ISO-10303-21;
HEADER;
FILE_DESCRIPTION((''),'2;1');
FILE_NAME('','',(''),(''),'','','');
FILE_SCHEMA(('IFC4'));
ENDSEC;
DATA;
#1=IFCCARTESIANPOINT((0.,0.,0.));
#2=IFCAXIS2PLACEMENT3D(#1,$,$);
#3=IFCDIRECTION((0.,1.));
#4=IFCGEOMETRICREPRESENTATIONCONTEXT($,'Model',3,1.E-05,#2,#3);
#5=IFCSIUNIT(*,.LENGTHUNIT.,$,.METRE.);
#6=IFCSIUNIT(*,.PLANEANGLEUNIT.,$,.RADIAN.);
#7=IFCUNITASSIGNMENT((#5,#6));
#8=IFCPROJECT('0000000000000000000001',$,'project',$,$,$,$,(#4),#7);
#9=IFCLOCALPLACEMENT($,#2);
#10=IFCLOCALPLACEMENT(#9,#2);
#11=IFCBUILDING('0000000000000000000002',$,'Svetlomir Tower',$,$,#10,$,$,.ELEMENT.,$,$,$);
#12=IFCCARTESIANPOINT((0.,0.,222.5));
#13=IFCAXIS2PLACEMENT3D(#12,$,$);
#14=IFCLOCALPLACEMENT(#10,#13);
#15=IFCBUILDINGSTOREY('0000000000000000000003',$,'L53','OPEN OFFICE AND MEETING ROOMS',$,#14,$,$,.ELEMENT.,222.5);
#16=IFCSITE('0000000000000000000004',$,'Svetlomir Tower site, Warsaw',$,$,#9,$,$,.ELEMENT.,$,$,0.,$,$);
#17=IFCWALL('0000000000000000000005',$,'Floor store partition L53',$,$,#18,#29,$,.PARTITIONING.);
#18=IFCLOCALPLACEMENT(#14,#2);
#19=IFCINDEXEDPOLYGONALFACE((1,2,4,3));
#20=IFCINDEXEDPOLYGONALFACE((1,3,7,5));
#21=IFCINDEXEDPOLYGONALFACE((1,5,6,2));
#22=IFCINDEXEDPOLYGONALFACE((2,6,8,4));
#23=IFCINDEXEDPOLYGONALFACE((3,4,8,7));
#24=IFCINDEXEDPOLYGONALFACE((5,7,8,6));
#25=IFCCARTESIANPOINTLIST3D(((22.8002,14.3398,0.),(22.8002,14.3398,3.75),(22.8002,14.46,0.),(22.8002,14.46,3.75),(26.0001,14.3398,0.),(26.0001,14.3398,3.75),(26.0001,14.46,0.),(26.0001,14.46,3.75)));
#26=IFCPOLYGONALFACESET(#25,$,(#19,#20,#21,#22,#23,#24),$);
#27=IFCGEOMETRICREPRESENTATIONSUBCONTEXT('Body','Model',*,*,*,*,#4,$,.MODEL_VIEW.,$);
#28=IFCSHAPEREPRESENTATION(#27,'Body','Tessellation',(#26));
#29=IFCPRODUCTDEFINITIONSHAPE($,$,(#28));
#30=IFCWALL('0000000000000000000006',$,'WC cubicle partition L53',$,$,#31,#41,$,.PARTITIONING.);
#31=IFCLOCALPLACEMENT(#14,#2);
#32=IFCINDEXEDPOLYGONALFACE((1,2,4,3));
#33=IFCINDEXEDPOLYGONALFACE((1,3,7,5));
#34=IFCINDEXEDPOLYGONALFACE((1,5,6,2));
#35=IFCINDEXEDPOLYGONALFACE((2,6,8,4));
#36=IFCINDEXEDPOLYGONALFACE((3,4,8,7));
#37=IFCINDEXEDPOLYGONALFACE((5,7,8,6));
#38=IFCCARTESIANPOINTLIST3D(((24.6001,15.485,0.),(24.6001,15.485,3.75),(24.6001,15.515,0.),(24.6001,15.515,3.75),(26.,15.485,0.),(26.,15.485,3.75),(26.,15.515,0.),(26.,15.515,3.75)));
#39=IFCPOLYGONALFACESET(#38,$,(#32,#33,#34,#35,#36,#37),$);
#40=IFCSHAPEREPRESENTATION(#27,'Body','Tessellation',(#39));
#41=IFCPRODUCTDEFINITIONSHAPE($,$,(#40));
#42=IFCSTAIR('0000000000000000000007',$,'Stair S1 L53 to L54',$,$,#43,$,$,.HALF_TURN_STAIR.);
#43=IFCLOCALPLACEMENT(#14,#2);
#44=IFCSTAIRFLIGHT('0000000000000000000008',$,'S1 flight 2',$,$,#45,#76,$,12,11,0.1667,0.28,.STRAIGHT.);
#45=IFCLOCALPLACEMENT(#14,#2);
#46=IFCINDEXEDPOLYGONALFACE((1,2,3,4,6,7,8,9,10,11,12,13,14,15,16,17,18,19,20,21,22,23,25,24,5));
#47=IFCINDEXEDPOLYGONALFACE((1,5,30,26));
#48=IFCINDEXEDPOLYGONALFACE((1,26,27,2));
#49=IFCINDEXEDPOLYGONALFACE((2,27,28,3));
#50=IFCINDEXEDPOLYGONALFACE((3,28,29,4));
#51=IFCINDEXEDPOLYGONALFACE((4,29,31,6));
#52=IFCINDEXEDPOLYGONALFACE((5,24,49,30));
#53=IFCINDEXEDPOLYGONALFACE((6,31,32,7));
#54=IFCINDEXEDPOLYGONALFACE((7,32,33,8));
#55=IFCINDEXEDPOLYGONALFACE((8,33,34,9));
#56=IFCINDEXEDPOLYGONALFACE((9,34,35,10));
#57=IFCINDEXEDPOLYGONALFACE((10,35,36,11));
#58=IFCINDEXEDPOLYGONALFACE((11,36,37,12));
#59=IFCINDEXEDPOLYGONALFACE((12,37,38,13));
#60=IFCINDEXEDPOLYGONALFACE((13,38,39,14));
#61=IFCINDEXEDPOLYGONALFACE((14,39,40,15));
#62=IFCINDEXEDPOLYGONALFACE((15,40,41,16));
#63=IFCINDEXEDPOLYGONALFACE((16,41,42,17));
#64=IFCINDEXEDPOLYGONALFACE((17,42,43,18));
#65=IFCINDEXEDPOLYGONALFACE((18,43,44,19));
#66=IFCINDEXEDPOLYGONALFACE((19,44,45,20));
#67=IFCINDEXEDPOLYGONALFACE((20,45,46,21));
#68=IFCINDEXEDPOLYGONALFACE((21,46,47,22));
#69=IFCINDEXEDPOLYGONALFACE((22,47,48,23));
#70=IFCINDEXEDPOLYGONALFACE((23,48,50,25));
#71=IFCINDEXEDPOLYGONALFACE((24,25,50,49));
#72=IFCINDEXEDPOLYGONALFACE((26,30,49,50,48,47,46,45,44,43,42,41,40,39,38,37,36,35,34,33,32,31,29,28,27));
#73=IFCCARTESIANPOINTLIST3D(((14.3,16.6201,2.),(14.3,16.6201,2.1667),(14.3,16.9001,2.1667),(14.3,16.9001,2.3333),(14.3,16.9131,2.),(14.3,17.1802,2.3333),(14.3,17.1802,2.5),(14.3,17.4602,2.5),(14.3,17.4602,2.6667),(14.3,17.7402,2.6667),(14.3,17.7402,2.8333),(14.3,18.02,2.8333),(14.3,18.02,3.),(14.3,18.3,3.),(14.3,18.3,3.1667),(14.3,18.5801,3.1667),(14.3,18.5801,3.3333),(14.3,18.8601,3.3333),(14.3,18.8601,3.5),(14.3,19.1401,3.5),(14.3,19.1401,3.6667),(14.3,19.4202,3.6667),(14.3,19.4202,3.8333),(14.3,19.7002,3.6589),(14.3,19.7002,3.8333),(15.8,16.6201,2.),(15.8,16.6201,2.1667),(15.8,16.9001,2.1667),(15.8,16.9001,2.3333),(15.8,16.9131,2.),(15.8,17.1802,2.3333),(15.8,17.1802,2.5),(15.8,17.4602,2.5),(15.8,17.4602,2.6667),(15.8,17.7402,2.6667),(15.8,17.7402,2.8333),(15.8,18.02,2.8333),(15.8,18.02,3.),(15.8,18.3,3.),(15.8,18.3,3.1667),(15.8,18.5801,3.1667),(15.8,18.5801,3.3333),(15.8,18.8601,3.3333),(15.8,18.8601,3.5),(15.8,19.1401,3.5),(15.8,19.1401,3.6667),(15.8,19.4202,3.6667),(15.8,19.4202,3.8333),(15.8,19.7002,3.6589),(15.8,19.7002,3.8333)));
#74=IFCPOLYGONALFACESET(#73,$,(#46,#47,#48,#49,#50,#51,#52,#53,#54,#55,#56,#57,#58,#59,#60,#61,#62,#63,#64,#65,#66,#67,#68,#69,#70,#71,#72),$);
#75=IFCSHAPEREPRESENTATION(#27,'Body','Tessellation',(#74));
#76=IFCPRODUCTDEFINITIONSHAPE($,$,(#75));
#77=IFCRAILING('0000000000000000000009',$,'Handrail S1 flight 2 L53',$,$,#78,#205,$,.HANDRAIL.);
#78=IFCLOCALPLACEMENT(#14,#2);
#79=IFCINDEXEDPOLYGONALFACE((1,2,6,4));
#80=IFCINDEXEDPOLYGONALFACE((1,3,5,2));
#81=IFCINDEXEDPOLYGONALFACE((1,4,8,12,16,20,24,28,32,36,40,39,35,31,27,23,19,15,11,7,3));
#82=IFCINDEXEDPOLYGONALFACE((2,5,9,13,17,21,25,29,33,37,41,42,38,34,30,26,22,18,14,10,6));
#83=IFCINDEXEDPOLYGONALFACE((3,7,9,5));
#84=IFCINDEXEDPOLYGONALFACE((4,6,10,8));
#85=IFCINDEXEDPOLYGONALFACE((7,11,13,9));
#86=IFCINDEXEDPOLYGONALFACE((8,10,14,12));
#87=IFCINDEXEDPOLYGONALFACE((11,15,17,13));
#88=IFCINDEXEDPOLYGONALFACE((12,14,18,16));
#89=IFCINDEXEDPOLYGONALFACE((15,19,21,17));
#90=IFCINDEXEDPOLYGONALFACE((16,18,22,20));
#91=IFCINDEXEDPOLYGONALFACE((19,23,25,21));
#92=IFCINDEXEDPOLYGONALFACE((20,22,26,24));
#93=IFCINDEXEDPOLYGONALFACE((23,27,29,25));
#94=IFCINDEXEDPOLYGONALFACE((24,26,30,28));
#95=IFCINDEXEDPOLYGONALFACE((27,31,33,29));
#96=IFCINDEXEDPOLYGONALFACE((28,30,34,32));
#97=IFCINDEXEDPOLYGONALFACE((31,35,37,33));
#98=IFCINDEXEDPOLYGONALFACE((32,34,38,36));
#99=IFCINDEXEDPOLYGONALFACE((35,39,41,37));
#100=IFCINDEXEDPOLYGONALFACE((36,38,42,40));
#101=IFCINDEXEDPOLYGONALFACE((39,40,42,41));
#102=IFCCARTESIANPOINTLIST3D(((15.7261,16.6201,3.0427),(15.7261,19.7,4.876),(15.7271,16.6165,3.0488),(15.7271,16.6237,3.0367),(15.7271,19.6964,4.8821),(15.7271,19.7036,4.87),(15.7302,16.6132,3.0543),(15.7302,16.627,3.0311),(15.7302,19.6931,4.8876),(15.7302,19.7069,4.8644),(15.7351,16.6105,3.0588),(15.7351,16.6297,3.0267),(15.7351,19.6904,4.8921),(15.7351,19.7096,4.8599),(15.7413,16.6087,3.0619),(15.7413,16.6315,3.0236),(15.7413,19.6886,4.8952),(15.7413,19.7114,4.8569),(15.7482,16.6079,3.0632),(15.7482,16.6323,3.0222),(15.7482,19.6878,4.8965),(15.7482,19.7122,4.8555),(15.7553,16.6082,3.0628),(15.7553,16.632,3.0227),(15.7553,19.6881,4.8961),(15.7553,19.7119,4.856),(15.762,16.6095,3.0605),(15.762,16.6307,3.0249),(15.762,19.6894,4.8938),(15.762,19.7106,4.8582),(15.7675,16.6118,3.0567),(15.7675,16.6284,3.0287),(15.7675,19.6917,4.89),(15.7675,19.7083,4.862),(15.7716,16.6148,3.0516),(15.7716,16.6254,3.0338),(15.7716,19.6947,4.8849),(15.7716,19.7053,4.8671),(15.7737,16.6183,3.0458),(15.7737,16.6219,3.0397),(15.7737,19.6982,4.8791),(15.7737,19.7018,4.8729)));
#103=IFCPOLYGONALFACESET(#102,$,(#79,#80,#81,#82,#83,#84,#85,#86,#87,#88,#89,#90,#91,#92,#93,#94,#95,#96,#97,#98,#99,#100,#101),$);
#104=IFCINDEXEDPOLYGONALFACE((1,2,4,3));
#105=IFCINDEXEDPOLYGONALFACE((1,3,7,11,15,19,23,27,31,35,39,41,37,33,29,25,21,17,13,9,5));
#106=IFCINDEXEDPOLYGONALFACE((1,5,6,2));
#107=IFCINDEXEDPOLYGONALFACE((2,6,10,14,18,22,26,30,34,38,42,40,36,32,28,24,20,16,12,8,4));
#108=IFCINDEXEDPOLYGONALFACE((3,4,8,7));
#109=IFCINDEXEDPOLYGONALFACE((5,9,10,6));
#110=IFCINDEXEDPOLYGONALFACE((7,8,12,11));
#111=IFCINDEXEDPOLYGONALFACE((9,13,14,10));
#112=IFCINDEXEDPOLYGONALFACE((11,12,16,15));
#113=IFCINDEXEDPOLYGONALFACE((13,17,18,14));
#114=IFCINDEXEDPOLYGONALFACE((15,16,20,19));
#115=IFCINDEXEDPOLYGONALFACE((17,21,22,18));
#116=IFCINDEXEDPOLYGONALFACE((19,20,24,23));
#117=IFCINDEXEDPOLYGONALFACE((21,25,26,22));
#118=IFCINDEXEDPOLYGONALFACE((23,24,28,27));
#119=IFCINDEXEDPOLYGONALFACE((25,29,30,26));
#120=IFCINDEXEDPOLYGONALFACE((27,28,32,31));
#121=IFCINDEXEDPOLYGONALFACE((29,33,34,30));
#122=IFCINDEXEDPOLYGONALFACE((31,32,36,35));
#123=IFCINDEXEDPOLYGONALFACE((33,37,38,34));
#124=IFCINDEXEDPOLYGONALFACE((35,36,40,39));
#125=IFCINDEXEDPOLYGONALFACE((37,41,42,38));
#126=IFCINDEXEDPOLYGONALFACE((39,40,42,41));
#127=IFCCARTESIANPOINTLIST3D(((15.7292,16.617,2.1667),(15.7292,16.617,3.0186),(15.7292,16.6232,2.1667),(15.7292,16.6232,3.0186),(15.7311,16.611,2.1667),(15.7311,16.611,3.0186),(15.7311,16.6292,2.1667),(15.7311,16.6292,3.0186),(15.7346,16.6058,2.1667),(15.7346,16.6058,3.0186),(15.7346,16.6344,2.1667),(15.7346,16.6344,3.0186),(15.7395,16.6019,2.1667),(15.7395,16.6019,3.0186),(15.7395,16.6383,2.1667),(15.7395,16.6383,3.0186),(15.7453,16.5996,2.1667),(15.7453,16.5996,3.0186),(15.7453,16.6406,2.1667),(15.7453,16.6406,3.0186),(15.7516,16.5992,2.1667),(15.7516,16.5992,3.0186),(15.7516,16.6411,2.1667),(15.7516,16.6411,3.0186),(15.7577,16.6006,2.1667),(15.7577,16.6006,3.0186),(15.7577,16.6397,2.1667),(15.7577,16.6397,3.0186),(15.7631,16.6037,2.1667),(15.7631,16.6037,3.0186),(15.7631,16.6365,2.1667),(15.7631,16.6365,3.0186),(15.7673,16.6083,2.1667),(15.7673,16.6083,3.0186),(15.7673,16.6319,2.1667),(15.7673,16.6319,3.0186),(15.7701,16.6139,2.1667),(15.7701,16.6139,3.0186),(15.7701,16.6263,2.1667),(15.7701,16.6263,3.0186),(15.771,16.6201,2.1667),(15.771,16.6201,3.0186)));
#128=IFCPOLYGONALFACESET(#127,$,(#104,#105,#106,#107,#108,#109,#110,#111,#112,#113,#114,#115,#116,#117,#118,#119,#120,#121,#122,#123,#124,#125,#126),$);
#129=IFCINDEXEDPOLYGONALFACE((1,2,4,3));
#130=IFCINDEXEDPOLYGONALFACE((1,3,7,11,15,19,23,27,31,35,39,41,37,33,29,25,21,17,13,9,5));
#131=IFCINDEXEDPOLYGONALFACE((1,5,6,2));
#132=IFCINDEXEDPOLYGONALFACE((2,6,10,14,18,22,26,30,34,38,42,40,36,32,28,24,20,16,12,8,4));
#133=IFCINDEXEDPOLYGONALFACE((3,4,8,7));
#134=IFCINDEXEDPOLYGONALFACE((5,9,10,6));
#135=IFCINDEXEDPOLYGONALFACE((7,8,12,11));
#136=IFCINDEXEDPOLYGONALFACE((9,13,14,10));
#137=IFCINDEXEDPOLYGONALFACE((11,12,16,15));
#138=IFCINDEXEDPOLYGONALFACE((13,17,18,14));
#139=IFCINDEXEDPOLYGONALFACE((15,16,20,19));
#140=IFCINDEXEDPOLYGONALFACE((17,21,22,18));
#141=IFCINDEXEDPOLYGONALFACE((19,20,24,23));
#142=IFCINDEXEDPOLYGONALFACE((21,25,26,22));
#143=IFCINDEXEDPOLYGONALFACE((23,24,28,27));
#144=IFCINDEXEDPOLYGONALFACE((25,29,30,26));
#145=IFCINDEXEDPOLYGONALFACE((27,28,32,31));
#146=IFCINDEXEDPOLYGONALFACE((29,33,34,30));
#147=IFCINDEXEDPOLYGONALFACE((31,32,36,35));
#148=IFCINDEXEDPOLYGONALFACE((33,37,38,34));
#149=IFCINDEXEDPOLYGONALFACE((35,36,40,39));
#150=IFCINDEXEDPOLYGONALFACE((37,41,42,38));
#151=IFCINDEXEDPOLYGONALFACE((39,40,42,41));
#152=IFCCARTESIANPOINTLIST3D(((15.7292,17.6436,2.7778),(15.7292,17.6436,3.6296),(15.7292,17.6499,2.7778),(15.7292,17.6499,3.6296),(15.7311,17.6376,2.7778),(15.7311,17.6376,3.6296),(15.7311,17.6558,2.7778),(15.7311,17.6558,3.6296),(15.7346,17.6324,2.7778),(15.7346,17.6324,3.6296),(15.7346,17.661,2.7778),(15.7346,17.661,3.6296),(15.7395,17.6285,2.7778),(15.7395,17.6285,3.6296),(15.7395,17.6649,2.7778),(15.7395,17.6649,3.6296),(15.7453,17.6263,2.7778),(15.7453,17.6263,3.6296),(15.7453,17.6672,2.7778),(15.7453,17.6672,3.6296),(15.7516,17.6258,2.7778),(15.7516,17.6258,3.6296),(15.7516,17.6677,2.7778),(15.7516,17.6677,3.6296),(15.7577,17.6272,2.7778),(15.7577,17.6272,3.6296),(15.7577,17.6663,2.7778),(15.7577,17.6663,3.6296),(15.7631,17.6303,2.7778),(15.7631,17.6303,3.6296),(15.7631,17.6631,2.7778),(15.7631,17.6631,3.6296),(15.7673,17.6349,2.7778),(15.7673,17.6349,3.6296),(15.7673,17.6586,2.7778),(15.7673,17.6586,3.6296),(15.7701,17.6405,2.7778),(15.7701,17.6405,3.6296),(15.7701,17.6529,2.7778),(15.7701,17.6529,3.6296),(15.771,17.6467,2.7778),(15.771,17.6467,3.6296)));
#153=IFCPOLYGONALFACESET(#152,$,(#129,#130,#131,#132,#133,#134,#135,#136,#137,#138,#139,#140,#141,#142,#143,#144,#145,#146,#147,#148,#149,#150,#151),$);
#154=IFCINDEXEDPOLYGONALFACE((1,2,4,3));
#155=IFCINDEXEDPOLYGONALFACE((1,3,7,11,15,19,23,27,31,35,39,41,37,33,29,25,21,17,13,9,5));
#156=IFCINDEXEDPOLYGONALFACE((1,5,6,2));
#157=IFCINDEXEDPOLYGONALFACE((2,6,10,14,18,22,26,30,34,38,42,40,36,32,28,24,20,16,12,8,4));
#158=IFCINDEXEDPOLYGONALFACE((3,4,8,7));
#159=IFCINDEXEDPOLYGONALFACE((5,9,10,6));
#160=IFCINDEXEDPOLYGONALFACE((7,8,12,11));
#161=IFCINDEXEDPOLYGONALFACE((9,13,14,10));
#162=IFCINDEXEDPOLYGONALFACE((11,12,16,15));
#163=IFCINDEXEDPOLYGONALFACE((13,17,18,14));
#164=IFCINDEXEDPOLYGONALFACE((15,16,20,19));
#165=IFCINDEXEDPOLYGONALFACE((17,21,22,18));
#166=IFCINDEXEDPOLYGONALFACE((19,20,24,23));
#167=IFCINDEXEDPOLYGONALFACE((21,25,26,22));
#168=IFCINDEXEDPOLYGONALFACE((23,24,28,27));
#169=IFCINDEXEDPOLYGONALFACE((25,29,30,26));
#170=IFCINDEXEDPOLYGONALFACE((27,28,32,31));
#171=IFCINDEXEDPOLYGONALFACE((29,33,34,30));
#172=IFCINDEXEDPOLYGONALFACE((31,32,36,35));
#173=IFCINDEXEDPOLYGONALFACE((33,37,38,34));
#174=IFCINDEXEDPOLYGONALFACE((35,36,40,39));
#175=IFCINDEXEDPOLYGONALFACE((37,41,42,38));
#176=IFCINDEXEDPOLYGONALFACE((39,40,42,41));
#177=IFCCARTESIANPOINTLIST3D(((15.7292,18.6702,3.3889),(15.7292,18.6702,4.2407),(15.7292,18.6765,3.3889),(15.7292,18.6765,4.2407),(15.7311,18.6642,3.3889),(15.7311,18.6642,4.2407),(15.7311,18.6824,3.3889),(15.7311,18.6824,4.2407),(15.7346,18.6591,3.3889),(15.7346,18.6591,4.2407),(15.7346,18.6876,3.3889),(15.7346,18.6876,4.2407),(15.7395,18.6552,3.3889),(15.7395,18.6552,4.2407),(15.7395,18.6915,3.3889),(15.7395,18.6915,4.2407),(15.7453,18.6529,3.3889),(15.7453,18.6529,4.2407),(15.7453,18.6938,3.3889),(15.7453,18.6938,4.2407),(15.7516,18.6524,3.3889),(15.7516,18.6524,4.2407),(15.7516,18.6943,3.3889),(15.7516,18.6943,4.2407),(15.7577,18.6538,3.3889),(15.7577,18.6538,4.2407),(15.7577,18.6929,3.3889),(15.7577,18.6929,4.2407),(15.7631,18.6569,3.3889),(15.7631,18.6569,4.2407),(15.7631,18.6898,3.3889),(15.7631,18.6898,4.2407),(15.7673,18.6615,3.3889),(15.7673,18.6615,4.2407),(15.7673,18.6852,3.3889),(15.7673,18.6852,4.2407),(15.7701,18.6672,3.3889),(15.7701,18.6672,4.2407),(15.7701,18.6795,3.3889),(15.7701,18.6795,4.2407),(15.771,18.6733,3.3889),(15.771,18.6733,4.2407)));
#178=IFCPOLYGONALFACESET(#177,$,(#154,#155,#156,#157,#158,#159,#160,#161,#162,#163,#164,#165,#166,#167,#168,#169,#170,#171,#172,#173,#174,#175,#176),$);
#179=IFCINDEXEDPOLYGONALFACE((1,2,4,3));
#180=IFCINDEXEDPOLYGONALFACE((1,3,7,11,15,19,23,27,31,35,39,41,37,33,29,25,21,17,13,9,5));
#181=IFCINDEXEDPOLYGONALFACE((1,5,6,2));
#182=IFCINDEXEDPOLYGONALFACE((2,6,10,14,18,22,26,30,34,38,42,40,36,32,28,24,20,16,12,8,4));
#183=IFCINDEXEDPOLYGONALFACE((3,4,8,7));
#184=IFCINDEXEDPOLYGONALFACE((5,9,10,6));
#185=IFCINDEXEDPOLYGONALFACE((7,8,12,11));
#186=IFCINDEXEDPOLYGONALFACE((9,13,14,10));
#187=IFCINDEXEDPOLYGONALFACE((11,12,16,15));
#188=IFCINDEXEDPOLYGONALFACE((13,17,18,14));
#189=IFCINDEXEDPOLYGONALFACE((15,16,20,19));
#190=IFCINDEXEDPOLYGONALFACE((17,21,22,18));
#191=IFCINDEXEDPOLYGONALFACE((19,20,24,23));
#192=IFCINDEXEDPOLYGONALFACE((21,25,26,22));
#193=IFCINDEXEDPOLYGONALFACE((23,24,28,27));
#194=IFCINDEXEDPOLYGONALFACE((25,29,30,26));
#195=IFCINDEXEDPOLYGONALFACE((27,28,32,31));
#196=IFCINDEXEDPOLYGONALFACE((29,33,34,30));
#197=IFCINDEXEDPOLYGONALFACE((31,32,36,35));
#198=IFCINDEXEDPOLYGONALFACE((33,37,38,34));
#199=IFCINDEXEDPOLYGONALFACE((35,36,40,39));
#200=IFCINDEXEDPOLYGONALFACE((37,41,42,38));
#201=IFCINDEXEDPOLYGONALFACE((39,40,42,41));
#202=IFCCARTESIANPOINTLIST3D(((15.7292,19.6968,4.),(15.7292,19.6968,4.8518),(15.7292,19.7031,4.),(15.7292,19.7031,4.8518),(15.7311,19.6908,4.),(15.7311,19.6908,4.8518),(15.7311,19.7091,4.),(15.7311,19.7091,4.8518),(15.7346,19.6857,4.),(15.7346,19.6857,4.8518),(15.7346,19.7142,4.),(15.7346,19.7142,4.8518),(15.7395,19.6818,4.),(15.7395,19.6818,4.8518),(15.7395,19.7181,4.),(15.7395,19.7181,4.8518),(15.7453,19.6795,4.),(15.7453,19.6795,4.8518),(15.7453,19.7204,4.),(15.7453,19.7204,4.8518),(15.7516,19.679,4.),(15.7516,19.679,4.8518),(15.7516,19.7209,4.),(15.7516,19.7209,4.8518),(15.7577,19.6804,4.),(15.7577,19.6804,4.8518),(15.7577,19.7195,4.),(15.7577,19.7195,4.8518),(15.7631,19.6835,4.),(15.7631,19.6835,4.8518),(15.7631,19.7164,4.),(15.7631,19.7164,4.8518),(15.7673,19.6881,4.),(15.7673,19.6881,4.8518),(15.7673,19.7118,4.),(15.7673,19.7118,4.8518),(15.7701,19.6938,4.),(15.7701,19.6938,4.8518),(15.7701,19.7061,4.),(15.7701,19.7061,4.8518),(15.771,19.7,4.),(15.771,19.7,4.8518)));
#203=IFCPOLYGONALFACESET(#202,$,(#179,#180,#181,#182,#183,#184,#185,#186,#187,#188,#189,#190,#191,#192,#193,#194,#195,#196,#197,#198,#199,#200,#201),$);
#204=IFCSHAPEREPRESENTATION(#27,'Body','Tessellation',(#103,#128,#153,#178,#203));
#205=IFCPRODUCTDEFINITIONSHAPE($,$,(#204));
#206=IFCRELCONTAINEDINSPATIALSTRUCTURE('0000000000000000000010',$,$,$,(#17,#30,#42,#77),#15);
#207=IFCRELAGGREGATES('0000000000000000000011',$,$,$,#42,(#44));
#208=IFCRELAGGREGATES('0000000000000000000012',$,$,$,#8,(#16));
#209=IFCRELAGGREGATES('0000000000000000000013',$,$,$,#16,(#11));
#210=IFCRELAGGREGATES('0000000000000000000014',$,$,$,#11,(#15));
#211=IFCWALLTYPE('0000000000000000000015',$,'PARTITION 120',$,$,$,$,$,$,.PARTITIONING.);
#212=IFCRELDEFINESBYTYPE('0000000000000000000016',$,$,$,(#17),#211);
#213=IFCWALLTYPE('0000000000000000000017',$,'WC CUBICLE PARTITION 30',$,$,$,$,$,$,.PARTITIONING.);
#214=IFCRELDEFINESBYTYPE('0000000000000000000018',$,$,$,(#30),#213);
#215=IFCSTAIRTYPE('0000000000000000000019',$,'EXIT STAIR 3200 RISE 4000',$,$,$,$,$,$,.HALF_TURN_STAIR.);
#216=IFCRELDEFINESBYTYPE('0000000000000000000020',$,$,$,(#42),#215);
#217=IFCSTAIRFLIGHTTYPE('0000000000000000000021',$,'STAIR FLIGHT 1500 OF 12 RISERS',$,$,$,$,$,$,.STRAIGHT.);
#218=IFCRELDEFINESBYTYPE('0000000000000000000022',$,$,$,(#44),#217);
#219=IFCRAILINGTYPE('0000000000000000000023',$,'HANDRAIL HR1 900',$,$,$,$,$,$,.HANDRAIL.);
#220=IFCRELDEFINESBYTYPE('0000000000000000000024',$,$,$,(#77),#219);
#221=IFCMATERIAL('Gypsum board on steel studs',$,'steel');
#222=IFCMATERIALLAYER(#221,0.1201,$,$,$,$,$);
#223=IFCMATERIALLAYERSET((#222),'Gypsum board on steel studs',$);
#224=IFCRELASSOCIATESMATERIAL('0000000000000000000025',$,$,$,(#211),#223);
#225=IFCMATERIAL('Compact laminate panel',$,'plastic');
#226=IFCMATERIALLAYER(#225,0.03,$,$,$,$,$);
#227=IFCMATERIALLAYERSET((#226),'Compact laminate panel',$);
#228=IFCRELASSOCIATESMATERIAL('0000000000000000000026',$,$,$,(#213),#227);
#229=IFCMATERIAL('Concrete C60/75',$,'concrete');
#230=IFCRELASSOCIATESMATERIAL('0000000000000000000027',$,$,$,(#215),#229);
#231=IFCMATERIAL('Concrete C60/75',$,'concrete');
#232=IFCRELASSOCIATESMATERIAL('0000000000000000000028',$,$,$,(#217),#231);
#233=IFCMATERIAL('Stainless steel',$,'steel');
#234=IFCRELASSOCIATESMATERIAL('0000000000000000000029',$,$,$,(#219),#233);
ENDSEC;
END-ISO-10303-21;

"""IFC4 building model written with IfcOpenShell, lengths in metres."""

from ifc_helpers import new_model, si_unit, direction, frame, frame_2d, origin, origin_2d, place, context, subcontext, project, spatial, polyline, rectangle, circle, outline, extrude, material, layer, layer_set, type_object, element, aggregate, save


model = new_model("IFC4")

# Units and contexts
model_context = context("Model", 3, precision=1e-05, world=origin(), true_north=direction((0.0, 1.0)))
body_context = subcontext(model_context, "Body", "Model", "MODEL_VIEW")
ifc_project = project(units=[si_unit("LENGTHUNIT", "METRE"), si_unit("PLANEANGLEUNIT", "RADIAN")], contexts=[model_context])

# Site, building, storey
site_placement = place(None, origin())
site = spatial("IfcSite", under=ifc_project, at=site_placement, Name="Svetlomir Tower site, Warsaw", CompositionType="ELEMENT", RefElevation=0.0)
building_placement = place(site_placement, origin())
building = spatial("IfcBuilding", under=site, at=building_placement, Name="Svetlomir Tower", CompositionType="ELEMENT")
storey_placement = place(building_placement, frame((0.0, 0.0, 222.5)))
storey = spatial("IfcBuildingStorey", under=building, at=storey_placement, Name="L53", Description="OPEN OFFICE AND MEETING ROOMS", CompositionType="ELEMENT", Elevation=222.5)

# Walls
ifc_material_1 = material(Name="Gypsum board on steel studs", Category="steel")
ifc_layer_1 = layer(ifc_material_1, 0.1201)
ifc_layer_set_1 = layer_set([ifc_layer_1], Name="Gypsum board on steel studs")
wall_type_1 = type_object("IfcWallType", Name="PARTITION 120", PredefinedType="PARTITIONING", material=ifc_layer_set_1)
wall_1_placement = place(storey_placement, frame((22.8, 14.3999, 0.0), z_axis=(0.0, 0.0, 1.0), x_axis=(1.0, 0.0, 0.0)))
element("IfcWall", 1, at=wall_1_placement, inside=storey, type_object=wall_type_1, Name="Floor store partition L53", PredefinedType="PARTITIONING", context=body_context, shape_type="SweptSolid", body=[
    extrude(rectangle(XDim=3.2, YDim=0.1201, at=frame_2d((1.6001, 0.0))), origin(), (0.0, 0.0, 1.0), 3.75),
])
ifc_material_2 = material(Name="Compact laminate panel", Category="plastic")
ifc_layer_2 = layer(ifc_material_2, 0.03)
ifc_layer_set_2 = layer_set([ifc_layer_2], Name="Compact laminate panel")
wall_type_2 = type_object("IfcWallType", Name="WC CUBICLE PARTITION 30", PredefinedType="PARTITIONING", material=ifc_layer_set_2)
wall_2_placement = place(storey_placement, frame((24.6001, 15.5, 0.0), z_axis=(0.0, 0.0, 1.0), x_axis=(1.0, 0.0, 0.0)))
element("IfcWall", 2, at=wall_2_placement, inside=storey, type_object=wall_type_2, Name="WC cubicle partition L53", PredefinedType="PARTITIONING", context=body_context, shape_type="SweptSolid", body=[
    extrude(rectangle(XDim=1.3999, YDim=0.03, at=frame_2d((0.7, 0.0))), origin(), (0.0, 0.0, 1.0), 3.75),
])

# Stair, stair flight
ifc_material_3 = material(Name="Concrete C60/75", Category="concrete")
stair_type = type_object("IfcStairType", Name="EXIT STAIR 3200 RISE 4000", PredefinedType="HALF_TURN_STAIR", material=ifc_material_3)
stair_placement = place(storey_placement, origin())
stair = element("IfcStair", 3, at=stair_placement, inside=storey, type_object=stair_type, Name="Stair S1 L53 to L54", PredefinedType="HALF_TURN_STAIR")
ifc_material_4 = material(Name="Concrete C60/75", Category="concrete")
stair_flight_type = type_object("IfcStairFlightType", Name="STAIR FLIGHT 1500 OF 12 RISERS", PredefinedType="STRAIGHT", material=ifc_material_4)
stair_flight_placement = place(storey_placement, frame((15.05, 16.6201, 2.0), z_axis=(0.0, 0.0, 1.0), x_axis=(0.0, 1.0, 0.0)))
stair_flight = element("IfcStairFlight", 4, at=stair_flight_placement, type_object=stair_flight_type, Name="S1 flight 2", NumberOfRisers=12, NumberOfTreads=11, PredefinedType="STRAIGHT", RiserHeight=0.1667, TreadLength=0.28, context=body_context, shape_type="SweptSolid", body=[
    extrude(outline(polyline([(0.0, 0.0), (0.0, 0.1667), (0.28, 0.1667), (0.28, 0.3333), (0.5601, 0.3333), (0.5601, 0.5), (0.8401, 0.5), (0.8401, 0.6667), (1.1201, 0.6667), (1.1201, 0.8333), (1.3999, 0.8333), (1.3999, 1.0), (1.6799, 1.0), (1.6799, 1.1667), (1.96, 1.1667), (1.96, 1.3333), (2.24, 1.3333), (2.24, 1.5), (2.52, 1.5), (2.52, 1.6667), (2.8, 1.6667), (2.8, 1.8333), (3.0801, 1.8333), (3.0801, 2.0), (3.0801, 1.6589), (0.293, 0.0), (0.0, 0.0)])), frame((0.0, 0.75, 0.0), z_axis=(0.0, -1.0, 0.0), x_axis=(1.0, 0.0, 0.0)), (0.0, 0.0, 1.0), 1.5),
])
aggregate(stair, [stair_flight])

# Railing
ifc_material_5 = material(Name="Stainless steel", Category="steel")
railing_type = type_object("IfcRailingType", Name="HANDRAIL HR1 900", PredefinedType="HANDRAIL", material=ifc_material_5)
railing_placement = place(storey_placement, frame((15.75, 16.6201, 2.1667)))
element("IfcRailing", 5, at=railing_placement, inside=storey, type_object=railing_type, Name="Handrail S1 flight 2 L53", PredefinedType="HANDRAIL", context=body_context, shape_type="SweptSolid", body=[
    extrude(circle(Radius=0.0239, at=origin_2d()), frame((0.0, 0.0, 0.876), z_axis=(0.0, 0.859291, 0.511487), x_axis=(-1.0, 0.0, 0.0)), (0.0, 0.0, 1.0), 3.5842),
    extrude(circle(Radius=0.021, at=origin_2d()), origin(), (0.0, 0.0, 1.0), 0.8518),
    extrude(circle(Radius=0.021, at=origin_2d()), frame((0.0, 1.0266, 0.6111)), (0.0, 0.0, 1.0), 0.8518),
    extrude(circle(Radius=0.021, at=origin_2d()), frame((0.0, 2.0532, 1.2222)), (0.0, 0.0, 1.0), 0.8518),
    extrude(circle(Radius=0.021, at=origin_2d()), frame((0.0, 3.0798, 1.8333)), (0.0, 0.0, 1.0), 0.8518),
])

save(model, "model.ifc")
